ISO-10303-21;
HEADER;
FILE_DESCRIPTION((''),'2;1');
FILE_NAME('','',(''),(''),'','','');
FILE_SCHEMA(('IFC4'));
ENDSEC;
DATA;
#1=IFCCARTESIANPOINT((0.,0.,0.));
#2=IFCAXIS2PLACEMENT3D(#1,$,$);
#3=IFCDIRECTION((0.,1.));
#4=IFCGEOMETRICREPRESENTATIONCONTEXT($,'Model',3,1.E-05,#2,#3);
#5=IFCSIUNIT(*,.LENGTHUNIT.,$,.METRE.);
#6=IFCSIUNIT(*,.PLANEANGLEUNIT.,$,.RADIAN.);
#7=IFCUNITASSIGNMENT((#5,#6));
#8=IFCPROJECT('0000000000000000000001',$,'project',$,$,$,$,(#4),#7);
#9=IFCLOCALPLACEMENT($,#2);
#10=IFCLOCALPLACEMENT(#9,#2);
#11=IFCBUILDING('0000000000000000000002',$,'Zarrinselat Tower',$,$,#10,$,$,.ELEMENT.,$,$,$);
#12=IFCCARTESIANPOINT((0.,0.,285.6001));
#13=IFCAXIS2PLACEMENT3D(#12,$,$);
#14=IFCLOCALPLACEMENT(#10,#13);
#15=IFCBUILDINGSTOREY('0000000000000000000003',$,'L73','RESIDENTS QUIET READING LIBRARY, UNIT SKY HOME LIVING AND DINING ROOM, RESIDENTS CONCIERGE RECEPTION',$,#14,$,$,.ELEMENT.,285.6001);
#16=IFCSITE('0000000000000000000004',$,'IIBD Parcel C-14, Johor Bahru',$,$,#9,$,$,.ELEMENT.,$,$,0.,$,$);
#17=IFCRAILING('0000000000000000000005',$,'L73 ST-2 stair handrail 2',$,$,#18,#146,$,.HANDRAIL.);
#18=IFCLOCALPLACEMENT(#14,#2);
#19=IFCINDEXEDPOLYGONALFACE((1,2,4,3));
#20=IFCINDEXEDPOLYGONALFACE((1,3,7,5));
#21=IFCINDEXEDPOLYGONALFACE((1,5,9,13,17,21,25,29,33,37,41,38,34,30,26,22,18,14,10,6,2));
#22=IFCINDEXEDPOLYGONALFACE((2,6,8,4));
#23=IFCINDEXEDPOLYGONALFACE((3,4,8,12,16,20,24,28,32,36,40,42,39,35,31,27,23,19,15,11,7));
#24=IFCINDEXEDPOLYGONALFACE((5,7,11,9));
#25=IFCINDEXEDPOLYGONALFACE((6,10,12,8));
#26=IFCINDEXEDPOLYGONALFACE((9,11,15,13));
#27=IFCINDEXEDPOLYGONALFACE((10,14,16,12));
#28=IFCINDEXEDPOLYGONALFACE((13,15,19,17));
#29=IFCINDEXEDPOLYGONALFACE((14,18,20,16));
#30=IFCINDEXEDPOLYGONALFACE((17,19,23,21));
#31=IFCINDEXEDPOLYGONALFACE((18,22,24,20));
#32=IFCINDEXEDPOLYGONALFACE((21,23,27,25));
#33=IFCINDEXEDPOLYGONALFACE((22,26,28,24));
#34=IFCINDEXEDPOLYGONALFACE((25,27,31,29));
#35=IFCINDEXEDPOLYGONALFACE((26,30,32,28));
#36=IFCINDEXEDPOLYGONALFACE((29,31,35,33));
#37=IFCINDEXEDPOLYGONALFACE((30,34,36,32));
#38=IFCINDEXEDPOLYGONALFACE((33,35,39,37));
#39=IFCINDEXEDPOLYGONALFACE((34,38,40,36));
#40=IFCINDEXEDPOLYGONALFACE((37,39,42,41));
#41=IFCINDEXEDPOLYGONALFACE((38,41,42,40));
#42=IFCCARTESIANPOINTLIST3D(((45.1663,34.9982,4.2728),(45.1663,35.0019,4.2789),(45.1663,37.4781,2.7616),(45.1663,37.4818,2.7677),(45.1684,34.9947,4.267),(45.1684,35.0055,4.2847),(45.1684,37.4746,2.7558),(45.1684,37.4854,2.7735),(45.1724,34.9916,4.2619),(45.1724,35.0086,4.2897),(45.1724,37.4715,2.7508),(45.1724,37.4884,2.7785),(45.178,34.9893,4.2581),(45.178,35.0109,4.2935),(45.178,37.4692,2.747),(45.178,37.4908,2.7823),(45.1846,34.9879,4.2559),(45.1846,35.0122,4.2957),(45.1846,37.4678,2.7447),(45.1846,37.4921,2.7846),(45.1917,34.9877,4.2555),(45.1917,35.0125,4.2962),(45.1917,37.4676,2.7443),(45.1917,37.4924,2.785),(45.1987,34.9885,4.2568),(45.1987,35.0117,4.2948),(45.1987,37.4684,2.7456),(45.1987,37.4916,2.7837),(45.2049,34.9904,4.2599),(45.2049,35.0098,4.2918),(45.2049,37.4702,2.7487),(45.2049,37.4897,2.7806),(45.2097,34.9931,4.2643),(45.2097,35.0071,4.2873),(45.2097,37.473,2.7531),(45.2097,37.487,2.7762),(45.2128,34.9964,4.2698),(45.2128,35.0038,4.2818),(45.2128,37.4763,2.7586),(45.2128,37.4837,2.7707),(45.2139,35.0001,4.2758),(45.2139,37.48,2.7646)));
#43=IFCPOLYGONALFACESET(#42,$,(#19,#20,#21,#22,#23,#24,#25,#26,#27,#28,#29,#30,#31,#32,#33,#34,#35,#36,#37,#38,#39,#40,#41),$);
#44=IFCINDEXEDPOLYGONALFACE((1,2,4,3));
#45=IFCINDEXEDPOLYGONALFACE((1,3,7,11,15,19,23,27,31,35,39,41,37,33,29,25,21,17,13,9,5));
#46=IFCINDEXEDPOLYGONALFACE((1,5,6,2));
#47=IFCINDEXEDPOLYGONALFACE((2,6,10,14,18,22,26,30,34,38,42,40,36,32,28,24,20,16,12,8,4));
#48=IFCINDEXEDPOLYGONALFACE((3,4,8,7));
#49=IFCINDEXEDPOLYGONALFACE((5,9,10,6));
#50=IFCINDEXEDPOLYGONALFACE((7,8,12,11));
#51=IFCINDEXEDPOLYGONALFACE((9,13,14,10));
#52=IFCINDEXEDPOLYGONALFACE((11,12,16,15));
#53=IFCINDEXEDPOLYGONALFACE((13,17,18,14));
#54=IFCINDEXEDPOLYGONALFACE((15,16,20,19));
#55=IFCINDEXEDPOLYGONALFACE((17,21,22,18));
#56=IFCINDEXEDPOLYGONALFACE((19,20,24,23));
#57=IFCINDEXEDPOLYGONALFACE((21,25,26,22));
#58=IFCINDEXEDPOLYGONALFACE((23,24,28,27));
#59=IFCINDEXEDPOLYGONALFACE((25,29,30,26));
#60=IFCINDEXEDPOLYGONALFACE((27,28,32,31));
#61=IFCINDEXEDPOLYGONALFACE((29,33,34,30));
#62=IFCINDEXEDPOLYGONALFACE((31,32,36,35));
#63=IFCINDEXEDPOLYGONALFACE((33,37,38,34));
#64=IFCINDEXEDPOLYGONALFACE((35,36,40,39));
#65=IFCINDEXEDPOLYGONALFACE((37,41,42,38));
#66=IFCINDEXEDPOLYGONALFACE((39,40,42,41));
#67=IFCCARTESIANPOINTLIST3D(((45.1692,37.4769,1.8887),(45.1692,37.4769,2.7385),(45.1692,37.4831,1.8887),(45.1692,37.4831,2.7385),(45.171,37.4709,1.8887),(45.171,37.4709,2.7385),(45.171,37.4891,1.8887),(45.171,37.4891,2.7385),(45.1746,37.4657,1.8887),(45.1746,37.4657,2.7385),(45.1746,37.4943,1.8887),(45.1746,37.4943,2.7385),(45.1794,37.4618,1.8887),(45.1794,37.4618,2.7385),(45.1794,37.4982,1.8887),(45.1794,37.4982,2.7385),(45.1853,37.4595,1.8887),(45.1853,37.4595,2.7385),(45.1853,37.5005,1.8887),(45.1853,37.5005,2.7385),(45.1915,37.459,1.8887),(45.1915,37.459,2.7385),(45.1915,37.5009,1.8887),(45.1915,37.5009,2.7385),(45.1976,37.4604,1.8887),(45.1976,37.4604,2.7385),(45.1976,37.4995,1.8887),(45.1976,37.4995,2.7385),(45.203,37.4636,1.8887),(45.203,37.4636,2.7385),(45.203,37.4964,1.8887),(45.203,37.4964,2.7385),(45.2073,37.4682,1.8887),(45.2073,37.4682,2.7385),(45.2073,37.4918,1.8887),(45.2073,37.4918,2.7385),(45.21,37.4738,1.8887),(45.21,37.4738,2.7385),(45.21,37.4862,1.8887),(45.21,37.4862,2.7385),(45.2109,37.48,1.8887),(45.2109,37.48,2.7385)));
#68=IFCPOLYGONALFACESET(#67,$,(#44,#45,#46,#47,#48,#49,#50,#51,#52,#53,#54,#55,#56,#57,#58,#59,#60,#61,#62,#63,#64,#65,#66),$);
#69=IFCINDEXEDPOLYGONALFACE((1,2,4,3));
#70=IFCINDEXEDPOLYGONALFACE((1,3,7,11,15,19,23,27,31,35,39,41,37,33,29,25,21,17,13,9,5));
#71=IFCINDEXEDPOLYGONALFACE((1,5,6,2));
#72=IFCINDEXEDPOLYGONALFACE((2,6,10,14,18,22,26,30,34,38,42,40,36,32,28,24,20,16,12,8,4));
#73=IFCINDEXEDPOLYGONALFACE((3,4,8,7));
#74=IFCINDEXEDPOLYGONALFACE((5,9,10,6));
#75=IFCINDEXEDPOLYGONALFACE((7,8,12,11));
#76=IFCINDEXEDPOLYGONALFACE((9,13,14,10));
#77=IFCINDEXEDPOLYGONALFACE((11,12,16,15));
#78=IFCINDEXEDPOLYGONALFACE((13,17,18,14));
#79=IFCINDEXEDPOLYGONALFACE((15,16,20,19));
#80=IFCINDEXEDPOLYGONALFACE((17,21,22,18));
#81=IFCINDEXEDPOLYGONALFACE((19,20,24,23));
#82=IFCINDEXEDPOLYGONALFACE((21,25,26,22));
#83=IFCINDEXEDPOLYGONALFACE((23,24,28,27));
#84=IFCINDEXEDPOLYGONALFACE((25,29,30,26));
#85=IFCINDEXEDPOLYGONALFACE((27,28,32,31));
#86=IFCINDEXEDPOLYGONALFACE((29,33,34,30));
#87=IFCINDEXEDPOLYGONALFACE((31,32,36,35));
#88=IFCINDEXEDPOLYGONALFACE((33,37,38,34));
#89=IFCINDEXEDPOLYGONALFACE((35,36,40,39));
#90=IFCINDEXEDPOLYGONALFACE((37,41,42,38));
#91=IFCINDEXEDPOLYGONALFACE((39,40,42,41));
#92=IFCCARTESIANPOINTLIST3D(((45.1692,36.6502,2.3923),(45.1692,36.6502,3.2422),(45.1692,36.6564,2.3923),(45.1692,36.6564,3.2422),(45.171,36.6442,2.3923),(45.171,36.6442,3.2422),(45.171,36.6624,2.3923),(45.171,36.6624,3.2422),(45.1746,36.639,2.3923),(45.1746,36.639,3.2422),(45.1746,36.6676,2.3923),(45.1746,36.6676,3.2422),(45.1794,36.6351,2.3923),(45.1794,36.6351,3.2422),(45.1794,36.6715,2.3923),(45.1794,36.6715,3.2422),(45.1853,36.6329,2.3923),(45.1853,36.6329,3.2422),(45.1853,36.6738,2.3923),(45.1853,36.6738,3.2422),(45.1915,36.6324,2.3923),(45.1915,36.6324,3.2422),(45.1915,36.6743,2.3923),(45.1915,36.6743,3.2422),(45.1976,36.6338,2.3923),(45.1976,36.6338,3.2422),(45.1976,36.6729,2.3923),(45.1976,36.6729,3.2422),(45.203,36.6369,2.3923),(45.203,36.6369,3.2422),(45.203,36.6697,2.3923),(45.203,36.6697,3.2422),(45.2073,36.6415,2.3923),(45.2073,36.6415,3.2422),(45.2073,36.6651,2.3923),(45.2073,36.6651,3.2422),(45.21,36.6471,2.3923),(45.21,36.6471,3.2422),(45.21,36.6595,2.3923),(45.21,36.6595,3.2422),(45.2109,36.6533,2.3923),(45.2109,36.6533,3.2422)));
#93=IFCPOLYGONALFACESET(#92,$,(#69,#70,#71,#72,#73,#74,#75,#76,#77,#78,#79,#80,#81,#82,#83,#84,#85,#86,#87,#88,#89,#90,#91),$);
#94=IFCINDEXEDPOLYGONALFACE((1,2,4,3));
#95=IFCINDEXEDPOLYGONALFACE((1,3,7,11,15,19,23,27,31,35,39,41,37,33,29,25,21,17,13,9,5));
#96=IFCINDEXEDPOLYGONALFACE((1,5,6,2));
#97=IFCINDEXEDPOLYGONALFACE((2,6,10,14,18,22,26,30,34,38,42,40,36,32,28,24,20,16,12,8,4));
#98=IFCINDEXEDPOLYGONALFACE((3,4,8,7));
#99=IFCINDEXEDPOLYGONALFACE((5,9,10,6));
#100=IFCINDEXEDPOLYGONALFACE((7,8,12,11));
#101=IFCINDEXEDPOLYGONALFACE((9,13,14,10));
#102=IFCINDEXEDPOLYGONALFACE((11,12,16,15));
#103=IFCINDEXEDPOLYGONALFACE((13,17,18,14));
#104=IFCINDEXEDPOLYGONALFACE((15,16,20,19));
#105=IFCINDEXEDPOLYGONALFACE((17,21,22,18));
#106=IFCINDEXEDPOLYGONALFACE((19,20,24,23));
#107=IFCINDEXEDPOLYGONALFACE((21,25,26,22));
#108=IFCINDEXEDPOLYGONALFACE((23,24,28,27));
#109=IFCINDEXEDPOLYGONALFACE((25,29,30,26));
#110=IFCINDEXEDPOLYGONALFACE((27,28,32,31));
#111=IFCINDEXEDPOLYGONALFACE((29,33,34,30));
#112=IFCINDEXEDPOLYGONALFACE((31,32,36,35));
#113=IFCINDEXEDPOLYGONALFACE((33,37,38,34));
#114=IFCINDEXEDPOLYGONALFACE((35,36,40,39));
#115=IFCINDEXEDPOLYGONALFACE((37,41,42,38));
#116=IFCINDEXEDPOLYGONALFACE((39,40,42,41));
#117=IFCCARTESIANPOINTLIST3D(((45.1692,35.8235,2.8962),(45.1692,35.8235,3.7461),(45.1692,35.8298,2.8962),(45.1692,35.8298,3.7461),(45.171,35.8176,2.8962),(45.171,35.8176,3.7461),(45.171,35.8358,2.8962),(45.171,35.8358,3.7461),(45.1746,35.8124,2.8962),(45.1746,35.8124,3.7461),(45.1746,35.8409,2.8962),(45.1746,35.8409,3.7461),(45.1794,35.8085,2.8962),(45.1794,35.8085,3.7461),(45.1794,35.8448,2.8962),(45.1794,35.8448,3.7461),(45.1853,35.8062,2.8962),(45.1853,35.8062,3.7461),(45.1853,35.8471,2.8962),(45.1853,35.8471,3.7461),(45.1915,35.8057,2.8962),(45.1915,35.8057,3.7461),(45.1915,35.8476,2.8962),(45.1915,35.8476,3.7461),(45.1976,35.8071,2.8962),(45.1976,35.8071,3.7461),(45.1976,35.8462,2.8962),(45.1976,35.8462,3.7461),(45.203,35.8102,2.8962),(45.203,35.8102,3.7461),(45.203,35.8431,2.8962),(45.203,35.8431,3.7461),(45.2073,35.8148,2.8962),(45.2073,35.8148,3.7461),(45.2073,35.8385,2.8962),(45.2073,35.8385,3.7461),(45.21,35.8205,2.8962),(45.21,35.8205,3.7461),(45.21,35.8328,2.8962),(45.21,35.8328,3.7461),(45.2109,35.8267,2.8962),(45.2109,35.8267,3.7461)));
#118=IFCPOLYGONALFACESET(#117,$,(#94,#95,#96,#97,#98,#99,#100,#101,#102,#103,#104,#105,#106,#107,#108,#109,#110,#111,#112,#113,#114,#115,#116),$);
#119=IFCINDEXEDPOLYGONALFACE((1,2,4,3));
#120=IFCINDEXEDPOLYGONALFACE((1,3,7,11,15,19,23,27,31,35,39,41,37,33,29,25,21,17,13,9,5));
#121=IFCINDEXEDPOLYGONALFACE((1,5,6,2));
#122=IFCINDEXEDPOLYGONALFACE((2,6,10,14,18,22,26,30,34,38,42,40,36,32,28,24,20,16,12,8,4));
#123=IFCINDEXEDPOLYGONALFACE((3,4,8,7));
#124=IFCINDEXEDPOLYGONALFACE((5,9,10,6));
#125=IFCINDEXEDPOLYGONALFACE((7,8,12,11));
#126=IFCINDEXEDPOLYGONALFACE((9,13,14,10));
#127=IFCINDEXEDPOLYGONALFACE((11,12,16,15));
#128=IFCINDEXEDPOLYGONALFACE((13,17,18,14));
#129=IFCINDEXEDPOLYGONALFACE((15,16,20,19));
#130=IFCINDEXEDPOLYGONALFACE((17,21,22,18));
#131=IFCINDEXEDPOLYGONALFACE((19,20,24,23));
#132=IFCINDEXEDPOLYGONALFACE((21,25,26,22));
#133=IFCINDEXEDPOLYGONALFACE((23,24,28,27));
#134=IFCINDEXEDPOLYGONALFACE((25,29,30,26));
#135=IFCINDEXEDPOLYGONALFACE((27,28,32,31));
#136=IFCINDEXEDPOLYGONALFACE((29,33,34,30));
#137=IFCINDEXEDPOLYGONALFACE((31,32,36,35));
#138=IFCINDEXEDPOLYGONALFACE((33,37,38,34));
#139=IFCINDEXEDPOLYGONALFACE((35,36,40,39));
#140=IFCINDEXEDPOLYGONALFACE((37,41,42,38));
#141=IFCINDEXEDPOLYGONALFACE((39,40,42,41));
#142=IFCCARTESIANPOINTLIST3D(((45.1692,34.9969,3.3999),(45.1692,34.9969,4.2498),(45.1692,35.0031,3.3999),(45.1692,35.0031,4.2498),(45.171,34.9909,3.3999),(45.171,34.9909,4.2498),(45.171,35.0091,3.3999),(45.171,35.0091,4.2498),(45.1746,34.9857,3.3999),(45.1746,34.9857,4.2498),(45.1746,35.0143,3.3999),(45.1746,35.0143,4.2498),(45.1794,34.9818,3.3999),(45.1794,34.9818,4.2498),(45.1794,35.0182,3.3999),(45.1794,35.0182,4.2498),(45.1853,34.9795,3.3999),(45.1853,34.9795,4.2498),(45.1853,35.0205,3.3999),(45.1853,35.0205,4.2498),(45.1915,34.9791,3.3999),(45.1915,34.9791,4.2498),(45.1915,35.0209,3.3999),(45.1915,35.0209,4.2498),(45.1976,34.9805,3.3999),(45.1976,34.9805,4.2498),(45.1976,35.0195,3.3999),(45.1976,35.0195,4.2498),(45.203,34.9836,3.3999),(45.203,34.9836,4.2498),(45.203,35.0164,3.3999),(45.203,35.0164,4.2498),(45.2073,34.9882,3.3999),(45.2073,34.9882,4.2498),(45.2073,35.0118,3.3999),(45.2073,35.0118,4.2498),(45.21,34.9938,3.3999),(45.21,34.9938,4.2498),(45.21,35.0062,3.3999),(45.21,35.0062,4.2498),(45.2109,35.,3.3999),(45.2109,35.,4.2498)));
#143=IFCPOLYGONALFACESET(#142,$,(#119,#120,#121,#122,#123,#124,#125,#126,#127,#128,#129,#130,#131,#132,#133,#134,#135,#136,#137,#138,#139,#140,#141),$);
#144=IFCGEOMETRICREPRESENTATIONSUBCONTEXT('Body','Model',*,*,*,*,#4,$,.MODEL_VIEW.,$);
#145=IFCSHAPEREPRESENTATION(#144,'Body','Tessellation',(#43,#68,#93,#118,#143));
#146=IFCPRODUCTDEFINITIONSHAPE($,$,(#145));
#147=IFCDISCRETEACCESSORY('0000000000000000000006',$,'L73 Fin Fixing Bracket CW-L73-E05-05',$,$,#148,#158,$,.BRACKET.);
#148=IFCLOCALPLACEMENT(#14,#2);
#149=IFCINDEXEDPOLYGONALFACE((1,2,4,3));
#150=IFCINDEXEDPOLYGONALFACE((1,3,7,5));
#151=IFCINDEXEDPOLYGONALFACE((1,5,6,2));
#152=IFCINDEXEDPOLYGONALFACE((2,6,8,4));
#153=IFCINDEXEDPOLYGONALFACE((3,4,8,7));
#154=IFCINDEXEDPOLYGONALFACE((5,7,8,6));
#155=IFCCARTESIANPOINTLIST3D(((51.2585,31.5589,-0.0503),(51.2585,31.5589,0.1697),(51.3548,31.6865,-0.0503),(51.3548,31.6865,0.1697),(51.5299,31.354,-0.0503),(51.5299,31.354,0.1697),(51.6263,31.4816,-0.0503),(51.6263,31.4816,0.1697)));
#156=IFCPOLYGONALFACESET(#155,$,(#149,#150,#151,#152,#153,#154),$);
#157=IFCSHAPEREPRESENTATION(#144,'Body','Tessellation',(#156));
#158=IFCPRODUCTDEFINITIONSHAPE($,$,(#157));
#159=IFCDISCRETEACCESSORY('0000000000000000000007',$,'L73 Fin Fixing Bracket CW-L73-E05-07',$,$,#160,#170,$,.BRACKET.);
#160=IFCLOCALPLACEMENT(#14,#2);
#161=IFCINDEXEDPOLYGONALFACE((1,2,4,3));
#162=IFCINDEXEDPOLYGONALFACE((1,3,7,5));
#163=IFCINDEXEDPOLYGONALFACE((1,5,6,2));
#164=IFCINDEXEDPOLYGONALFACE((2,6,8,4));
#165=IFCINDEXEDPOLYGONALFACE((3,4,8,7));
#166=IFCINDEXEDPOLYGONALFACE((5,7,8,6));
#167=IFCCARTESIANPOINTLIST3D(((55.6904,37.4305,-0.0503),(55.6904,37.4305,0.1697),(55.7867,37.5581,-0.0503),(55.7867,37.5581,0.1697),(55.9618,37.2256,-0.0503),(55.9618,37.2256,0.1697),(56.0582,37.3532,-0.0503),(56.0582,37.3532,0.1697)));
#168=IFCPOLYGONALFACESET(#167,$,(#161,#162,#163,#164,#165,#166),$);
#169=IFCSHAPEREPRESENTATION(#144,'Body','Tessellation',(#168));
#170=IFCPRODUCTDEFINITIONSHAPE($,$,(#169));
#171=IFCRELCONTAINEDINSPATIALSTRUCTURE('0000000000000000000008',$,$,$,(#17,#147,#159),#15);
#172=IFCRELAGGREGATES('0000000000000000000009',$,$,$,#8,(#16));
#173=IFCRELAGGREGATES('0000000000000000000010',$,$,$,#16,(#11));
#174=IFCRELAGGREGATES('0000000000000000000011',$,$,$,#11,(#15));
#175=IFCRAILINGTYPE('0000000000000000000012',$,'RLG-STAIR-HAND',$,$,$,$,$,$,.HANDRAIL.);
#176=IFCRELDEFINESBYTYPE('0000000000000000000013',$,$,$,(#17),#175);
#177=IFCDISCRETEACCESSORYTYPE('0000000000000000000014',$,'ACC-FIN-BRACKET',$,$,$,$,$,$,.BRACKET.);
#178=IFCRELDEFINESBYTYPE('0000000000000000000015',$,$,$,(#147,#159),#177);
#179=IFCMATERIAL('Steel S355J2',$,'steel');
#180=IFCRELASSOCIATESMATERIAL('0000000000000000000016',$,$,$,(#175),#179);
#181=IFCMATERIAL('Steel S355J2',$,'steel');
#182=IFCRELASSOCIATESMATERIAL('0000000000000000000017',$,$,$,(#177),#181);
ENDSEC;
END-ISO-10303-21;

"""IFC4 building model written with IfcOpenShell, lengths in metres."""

from ifc_helpers import new_model, si_unit, direction, frame, origin, origin_2d, place, context, subcontext, project, spatial, rectangle, circle, extrude, material, type_object, element, save


model = new_model("IFC4")

# Units and contexts
model_context = context("Model", 3, precision=1e-05, world=origin(), true_north=direction((0.0, 1.0)))
body_context = subcontext(model_context, "Body", "Model", "MODEL_VIEW")
ifc_project = project(units=[si_unit("LENGTHUNIT", "METRE"), si_unit("PLANEANGLEUNIT", "RADIAN")], contexts=[model_context])

# Site, building, storey
site_placement = place(None, origin())
site = spatial("IfcSite", under=ifc_project, at=site_placement, Name="IIBD Parcel C-14, Johor Bahru", CompositionType="ELEMENT", RefElevation=0.0)
building_placement = place(site_placement, origin())
building = spatial("IfcBuilding", under=site, at=building_placement, Name="Zarrinselat Tower", CompositionType="ELEMENT")
storey_placement = place(building_placement, frame((0.0, 0.0, 285.6001)))
storey = spatial("IfcBuildingStorey", under=building, at=storey_placement, Name="L73", Description="RESIDENTS QUIET READING LIBRARY, UNIT SKY HOME LIVING AND DINING ROOM, RESIDENTS CONCIERGE RECEPTION", CompositionType="ELEMENT", Elevation=285.6001)

# Railing
ifc_material_1 = material(Name="Steel S355J2", Category="steel")
railing_type_1 = type_object("IfcRailingType", Name="RLG-STAIR-HAND", PredefinedType="HANDRAIL", material=ifc_material_1)
railing_1_placement = place(storey_placement, frame((45.1899, 37.48, 1.8887)))
element("IfcRailing", 1, at=railing_1_placement, inside=storey, type_object=railing_type_1, Name="L73 ST-2 stair handrail 2", PredefinedType="HANDRAIL", context=body_context, shape_type="SweptSolid", body=[
    extrude(circle(Radius=0.0239, at=origin_2d()), frame((0.0, 0.0, 0.876), z_axis=(0.0, -0.853942, 0.520368), x_axis=(1.0, 0.0, 0.0)), (0.0, 0.0, 1.0), 2.9041),
    extrude(circle(Radius=0.021, at=origin_2d()), origin(), (0.0, 0.0, 1.0), 0.8499),
    extrude(circle(Radius=0.021, at=origin_2d()), frame((0.0, -0.8267, 0.5037)), (0.0, 0.0, 1.0), 0.8499),
    extrude(circle(Radius=0.021, at=origin_2d()), frame((0.0, -1.6533, 1.0076)), (0.0, 0.0, 1.0), 0.8499),
    extrude(circle(Radius=0.021, at=origin_2d()), frame((0.0, -2.48, 1.5112)), (0.0, 0.0, 1.0), 0.8499),
])

# Discrete accessories
ifc_material_2 = material(Name="Steel S355J2", Category="steel")
discrete_accessory_type = type_object("IfcDiscreteAccessoryType", Name="ACC-FIN-BRACKET", PredefinedType="BRACKET", material=ifc_material_2)
for number, where, z_axis, x_axis, name in (
    (2, (51.4424, 31.5203, -0.0503), (0.0, 0.0, 1.0), (0.79816, -0.602445, 0.0), "L73 Fin Fixing Bracket CW-L73-E05-05"),
    (3, (55.8743, 37.3918, -0.0503), (0.0, 0.0, 1.0), (0.79816, -0.602445, 0.0), "L73 Fin Fixing Bracket CW-L73-E05-07"),
):
    element("IfcDiscreteAccessory", number, at=place(storey_placement, frame(where, z_axis=z_axis, x_axis=x_axis)), inside=storey, type_object=discrete_accessory_type, Name=name, PredefinedType="BRACKET", context=body_context, shape_type="SweptSolid", body=[
        extrude(rectangle(XDim=0.3401, YDim=0.1599, at=origin_2d()), origin(), (0.0, 0.0, 1.0), 0.22),
    ])

save(model, "model.ifc")
